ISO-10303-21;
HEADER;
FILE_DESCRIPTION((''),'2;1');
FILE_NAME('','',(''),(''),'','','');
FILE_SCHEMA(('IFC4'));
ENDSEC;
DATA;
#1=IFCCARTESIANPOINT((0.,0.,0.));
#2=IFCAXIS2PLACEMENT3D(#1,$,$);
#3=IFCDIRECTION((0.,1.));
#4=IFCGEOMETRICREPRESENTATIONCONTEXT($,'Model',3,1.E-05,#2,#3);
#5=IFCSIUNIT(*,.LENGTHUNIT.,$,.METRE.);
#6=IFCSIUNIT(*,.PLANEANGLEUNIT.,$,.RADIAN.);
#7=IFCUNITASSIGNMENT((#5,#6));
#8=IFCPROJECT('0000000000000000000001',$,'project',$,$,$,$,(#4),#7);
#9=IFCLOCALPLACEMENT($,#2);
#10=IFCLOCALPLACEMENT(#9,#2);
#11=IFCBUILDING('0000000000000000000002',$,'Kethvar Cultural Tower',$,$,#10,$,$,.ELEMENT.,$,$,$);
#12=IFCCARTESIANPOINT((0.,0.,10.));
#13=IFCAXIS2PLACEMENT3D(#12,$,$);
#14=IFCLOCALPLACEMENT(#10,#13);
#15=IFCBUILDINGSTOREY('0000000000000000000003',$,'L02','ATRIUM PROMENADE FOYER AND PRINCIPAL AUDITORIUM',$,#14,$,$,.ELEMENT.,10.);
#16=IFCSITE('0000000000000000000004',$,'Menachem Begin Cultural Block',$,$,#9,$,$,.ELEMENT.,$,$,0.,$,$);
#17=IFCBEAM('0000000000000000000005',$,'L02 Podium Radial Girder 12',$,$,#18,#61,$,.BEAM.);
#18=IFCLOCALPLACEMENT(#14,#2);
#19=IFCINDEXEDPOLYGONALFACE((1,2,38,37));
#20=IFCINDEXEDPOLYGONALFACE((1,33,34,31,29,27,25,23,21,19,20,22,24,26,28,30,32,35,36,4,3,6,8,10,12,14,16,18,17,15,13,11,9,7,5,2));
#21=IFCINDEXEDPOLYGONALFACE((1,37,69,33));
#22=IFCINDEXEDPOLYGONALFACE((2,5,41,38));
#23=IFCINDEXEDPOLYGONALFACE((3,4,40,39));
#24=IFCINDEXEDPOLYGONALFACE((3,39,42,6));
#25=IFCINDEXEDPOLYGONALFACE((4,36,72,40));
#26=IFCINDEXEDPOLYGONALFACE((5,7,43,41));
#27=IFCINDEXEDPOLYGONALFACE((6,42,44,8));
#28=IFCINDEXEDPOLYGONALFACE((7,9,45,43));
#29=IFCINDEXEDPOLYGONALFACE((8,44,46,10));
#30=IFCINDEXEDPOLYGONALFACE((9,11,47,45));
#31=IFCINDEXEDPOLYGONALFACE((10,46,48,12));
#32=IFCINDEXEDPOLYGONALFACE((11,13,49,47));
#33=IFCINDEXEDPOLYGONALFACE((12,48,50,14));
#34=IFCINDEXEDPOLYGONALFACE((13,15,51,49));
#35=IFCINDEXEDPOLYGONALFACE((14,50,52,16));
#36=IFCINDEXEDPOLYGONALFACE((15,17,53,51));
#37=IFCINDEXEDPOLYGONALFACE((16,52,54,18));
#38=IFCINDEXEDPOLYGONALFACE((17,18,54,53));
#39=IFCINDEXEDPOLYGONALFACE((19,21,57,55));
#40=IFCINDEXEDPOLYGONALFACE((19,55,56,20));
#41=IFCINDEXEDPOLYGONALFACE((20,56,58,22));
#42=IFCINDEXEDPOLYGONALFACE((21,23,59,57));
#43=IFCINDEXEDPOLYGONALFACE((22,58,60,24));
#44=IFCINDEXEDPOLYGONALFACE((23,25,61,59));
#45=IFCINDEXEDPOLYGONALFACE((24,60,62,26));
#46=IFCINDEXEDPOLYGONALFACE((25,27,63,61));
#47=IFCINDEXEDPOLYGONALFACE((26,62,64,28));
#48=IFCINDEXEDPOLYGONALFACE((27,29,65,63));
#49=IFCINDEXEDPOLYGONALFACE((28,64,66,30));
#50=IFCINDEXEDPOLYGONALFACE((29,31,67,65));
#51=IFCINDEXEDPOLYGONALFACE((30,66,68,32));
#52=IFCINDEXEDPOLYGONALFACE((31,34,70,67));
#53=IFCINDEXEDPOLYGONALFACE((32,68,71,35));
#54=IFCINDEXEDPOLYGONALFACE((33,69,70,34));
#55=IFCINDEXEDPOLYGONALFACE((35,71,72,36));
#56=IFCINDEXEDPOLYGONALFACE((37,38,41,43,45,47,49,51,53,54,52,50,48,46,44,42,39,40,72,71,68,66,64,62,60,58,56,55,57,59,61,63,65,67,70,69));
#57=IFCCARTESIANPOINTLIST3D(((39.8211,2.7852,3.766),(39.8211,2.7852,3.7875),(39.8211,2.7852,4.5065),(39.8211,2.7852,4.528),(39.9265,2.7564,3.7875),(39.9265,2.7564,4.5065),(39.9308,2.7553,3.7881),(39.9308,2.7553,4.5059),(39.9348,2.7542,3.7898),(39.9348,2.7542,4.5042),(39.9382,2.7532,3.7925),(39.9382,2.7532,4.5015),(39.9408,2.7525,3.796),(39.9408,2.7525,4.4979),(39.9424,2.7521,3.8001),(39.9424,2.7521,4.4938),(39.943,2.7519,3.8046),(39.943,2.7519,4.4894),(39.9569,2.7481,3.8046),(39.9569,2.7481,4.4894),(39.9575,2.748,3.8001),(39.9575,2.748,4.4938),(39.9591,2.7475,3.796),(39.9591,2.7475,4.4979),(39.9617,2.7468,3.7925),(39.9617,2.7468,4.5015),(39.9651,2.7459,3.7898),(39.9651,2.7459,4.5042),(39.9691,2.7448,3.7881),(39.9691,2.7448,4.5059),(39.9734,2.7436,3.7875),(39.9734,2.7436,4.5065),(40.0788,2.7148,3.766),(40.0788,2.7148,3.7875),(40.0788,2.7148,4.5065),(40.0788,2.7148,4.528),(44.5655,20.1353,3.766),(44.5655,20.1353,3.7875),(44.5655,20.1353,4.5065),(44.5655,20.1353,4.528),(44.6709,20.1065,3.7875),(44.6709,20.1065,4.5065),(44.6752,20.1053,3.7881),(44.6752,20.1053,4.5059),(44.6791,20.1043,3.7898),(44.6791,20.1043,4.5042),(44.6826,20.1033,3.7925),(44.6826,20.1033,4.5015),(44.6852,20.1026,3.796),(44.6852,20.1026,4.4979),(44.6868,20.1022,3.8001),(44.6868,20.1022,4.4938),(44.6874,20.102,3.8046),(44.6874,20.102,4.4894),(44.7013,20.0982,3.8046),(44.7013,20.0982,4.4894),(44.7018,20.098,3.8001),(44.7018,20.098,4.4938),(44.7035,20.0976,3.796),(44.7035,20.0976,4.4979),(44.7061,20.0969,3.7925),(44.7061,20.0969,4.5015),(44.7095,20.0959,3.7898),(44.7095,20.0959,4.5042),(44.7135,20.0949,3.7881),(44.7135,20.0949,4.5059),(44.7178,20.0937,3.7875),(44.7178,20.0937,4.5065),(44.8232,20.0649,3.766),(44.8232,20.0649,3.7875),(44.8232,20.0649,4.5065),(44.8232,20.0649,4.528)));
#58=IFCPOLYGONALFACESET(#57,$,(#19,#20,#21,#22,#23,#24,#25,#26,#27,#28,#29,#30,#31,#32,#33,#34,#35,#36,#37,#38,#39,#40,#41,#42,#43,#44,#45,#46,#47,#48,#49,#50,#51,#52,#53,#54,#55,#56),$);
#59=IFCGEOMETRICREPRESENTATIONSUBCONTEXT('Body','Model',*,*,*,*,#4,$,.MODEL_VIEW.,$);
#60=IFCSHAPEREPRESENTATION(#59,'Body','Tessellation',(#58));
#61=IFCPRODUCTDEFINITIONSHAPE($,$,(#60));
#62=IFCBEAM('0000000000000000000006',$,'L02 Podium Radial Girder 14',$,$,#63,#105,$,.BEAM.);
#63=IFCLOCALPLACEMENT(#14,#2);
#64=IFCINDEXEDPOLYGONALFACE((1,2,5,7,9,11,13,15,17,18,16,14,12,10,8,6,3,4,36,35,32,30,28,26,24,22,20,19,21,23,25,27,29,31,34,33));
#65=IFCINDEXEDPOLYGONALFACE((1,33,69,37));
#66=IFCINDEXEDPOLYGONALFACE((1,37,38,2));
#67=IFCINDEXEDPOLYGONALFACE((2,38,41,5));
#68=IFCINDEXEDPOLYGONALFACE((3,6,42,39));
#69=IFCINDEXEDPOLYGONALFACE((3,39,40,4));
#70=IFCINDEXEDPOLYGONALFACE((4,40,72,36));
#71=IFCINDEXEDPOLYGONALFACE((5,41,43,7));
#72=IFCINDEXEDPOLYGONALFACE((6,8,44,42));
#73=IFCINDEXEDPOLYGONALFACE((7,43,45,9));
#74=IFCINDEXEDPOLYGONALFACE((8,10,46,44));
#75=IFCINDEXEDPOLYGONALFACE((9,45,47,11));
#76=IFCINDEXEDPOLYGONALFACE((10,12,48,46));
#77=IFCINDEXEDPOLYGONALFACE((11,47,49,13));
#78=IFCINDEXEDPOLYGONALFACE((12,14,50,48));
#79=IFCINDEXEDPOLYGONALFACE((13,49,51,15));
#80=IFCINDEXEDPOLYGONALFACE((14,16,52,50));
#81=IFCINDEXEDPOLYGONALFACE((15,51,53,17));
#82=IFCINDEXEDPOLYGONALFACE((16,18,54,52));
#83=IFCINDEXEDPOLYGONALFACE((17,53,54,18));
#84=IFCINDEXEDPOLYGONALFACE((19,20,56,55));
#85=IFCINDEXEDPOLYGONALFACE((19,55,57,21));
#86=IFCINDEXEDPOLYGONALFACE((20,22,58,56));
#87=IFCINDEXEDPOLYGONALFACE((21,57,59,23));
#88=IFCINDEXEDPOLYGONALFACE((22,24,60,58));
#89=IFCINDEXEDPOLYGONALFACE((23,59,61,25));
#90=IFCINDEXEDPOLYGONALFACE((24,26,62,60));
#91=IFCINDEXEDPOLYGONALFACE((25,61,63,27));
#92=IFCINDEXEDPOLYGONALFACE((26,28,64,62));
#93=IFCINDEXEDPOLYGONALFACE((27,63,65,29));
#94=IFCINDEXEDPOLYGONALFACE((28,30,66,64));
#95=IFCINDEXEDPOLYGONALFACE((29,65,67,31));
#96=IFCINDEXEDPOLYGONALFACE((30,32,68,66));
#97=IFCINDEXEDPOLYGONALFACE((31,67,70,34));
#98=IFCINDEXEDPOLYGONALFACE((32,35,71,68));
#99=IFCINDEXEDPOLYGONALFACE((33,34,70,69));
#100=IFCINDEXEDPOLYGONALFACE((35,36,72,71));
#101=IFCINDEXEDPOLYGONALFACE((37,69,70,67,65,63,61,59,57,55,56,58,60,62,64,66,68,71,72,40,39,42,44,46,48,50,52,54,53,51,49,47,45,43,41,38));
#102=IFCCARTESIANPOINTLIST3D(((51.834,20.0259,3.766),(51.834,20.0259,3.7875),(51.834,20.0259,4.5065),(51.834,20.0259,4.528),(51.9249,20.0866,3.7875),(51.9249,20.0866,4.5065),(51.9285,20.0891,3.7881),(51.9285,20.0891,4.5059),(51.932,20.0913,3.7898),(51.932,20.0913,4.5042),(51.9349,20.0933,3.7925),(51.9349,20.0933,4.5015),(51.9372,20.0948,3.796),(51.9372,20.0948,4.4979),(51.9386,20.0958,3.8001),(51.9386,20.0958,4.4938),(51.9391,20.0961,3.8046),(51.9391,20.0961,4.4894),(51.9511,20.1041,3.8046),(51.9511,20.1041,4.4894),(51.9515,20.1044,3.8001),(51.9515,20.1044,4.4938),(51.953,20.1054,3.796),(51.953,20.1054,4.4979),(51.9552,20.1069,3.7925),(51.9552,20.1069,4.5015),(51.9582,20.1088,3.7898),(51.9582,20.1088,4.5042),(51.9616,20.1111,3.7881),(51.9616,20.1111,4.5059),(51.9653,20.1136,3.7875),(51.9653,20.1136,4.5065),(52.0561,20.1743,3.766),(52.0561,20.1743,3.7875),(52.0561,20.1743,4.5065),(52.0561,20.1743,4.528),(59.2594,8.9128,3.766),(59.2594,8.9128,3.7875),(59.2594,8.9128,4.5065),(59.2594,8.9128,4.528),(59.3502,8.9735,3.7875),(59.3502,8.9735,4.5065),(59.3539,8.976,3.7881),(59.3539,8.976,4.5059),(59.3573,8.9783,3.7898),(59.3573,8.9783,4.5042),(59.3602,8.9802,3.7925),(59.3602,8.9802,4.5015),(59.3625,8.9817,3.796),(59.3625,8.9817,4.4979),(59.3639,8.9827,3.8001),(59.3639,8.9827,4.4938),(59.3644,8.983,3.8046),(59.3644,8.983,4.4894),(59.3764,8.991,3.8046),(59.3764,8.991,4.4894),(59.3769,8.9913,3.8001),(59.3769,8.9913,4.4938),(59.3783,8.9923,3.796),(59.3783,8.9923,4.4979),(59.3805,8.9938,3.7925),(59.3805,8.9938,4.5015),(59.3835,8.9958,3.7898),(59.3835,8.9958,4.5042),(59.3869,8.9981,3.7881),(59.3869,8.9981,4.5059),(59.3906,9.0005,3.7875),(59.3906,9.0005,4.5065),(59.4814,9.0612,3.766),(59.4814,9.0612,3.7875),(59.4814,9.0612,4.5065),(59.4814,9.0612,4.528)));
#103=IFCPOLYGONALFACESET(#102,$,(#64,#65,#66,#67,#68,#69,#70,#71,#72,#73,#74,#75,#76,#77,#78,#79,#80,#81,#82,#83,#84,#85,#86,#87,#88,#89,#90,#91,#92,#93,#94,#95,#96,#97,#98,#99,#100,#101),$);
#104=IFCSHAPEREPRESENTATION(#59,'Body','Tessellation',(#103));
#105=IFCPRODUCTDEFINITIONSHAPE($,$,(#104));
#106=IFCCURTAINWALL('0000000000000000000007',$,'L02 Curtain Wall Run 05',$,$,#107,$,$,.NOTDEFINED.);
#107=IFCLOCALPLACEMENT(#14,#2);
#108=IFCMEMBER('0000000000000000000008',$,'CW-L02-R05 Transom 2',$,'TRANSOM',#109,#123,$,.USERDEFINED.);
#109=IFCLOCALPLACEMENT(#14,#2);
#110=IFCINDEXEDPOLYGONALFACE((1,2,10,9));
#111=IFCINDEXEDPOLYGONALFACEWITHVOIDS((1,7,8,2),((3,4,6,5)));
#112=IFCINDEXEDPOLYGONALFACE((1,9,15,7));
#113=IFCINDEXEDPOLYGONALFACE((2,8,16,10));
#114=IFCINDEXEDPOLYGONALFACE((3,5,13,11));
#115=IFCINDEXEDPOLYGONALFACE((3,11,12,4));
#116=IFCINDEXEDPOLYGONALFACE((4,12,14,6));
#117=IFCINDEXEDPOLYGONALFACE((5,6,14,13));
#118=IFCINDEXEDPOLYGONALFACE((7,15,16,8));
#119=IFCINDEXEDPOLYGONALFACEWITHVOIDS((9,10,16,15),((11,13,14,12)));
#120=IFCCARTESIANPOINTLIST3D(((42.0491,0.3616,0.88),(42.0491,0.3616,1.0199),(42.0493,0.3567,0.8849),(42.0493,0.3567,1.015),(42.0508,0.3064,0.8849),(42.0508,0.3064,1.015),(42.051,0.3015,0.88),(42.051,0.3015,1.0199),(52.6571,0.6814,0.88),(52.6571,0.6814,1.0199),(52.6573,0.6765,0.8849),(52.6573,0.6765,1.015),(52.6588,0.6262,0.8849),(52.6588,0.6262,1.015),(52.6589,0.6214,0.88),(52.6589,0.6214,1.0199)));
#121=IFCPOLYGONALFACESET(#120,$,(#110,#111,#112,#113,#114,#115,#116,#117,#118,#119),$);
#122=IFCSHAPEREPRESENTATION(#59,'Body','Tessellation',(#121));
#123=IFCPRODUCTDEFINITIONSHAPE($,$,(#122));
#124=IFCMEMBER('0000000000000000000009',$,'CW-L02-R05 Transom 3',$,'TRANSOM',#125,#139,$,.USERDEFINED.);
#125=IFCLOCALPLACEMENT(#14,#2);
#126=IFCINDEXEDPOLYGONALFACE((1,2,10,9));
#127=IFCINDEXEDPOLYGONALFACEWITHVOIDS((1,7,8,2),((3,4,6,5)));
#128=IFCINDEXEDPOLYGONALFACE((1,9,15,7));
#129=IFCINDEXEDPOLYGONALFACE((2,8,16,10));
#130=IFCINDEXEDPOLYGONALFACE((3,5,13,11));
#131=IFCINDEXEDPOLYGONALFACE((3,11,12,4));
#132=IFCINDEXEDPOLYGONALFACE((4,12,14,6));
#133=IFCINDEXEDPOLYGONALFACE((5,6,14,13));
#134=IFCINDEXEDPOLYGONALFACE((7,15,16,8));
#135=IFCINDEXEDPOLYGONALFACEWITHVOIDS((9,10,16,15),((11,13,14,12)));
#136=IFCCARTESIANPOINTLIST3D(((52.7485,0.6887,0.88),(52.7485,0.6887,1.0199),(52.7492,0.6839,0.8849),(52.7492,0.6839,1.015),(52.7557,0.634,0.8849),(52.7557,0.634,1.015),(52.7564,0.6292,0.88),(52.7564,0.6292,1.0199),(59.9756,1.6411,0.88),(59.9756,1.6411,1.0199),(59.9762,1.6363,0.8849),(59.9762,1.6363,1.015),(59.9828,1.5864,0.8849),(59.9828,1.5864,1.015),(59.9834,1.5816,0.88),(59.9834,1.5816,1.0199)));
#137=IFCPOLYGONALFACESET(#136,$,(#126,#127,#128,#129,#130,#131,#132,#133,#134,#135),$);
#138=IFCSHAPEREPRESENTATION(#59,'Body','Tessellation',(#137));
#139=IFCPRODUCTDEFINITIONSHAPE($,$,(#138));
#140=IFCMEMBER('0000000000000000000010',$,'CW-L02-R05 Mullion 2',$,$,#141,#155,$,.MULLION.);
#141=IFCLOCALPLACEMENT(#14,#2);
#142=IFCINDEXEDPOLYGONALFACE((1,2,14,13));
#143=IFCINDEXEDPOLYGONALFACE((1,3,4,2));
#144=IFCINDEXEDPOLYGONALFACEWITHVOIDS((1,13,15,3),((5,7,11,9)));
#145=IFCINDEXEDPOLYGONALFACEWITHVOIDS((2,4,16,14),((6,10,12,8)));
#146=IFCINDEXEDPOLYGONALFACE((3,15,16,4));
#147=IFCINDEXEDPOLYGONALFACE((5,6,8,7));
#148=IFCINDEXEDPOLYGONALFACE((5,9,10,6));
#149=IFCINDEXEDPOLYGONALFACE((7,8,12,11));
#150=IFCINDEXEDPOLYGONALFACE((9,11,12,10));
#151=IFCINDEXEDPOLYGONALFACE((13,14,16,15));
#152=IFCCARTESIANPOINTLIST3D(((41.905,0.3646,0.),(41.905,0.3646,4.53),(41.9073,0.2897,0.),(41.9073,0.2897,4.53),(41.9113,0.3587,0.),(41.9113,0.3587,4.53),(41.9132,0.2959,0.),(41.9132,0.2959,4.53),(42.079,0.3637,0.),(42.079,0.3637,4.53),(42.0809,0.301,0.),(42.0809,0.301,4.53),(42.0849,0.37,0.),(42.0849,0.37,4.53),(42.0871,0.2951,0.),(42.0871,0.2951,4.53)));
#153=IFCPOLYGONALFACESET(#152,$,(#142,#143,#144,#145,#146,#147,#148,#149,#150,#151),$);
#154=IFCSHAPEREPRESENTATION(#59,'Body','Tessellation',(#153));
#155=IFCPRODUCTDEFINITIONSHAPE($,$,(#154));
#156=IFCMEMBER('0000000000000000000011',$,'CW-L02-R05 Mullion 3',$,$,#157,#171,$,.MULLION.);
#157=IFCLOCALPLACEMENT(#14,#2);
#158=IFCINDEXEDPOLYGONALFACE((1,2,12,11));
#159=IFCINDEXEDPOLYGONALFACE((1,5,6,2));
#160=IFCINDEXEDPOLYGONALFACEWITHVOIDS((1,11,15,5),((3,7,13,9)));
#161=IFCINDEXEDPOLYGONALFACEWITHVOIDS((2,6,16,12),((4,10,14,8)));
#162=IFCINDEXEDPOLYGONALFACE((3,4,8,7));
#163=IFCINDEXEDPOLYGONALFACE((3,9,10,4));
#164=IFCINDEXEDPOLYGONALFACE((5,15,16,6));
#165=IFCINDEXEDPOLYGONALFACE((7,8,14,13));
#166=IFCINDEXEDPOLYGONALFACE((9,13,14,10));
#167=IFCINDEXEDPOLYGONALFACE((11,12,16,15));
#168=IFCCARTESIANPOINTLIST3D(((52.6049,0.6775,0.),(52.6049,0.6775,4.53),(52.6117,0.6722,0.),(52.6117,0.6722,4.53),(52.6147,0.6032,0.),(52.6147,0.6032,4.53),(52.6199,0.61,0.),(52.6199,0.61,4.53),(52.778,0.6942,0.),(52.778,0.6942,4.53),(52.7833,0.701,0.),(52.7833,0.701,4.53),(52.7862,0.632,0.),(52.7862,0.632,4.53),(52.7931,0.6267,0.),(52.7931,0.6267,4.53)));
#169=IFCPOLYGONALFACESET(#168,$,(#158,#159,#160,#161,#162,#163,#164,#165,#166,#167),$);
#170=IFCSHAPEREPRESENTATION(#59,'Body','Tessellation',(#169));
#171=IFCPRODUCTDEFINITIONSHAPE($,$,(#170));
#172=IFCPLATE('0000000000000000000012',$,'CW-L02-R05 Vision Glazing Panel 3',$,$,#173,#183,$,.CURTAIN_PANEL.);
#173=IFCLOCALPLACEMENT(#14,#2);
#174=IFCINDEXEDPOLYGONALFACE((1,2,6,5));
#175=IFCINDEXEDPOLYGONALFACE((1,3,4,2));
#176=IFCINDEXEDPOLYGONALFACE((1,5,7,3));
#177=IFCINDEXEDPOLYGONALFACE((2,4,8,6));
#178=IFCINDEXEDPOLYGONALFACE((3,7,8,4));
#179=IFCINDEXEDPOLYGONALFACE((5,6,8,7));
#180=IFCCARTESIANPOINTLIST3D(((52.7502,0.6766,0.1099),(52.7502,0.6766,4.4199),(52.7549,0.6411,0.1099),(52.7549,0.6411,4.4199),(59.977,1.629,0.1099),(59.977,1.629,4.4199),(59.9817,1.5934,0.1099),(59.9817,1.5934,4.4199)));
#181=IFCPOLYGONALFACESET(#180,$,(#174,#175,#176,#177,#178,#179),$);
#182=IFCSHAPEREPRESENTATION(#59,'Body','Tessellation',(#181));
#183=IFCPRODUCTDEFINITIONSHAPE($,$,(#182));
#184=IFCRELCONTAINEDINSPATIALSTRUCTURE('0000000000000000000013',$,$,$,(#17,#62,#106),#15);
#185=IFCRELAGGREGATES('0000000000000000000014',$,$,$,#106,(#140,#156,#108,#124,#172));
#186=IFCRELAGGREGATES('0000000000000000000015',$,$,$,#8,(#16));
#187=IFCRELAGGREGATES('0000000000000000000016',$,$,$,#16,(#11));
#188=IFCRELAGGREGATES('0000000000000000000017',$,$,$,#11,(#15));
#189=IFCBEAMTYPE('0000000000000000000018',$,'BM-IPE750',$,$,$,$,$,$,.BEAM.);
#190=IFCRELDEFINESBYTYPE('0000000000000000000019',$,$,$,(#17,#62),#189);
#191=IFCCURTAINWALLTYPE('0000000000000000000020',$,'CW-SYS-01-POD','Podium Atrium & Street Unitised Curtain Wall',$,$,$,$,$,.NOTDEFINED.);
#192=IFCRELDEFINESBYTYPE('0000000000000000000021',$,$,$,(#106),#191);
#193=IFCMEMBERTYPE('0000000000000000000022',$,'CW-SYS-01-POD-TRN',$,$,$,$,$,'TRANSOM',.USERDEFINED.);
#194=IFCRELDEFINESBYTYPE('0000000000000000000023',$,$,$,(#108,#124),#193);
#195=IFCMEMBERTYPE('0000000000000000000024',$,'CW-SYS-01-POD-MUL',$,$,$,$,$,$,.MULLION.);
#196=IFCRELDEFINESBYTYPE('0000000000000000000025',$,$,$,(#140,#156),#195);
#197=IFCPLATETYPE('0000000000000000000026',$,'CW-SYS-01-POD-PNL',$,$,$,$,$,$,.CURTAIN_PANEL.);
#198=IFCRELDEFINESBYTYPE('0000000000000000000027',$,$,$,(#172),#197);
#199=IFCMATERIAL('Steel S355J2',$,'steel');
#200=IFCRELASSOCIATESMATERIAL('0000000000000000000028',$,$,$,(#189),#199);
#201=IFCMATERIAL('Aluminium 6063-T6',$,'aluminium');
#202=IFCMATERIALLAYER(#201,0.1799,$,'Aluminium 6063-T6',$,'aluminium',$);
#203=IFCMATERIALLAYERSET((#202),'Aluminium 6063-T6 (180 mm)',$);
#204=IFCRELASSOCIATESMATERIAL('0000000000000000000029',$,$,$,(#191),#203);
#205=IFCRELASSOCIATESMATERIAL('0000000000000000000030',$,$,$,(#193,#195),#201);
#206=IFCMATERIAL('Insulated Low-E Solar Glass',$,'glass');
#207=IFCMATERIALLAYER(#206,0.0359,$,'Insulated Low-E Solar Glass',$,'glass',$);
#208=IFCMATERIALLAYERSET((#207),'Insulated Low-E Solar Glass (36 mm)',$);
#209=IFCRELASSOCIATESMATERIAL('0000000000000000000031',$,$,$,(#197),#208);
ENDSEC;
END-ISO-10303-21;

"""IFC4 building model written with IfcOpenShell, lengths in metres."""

from ifc_helpers import new_model, si_unit, direction, frame, origin, origin_2d, place, context, subcontext, project, spatial, rectangle, hollow_rectangle, i_section, extrude, source, transform, mapped, material, layer, layer_set, material_profile, profile_set, type_object, element, aggregate, save


model = new_model("IFC4")

# Units and contexts
model_context = context("Model", 3, precision=1e-05, world=origin(), true_north=direction((0.0, 1.0)))
body_context = subcontext(model_context, "Body", "Model", "MODEL_VIEW")
ifc_project = project(units=[si_unit("LENGTHUNIT", "METRE"), si_unit("PLANEANGLEUNIT", "RADIAN")], contexts=[model_context])

# Site, building, storey
site_placement = place(None, origin())
site = spatial("IfcSite", under=ifc_project, at=site_placement, Name="Menachem Begin Cultural Block", CompositionType="ELEMENT", RefElevation=0.0)
building_placement = place(site_placement, origin())
building = spatial("IfcBuilding", under=site, at=building_placement, Name="Kethvar Cultural Tower", CompositionType="ELEMENT")
storey_placement = place(building_placement, frame((0.0, 0.0, 10.0)))
storey = spatial("IfcBuildingStorey", under=building, at=storey_placement, Name="L02", Description="ATRIUM PROMENADE FOYER AND PRINCIPAL AUDITORIUM", CompositionType="ELEMENT", Elevation=10.0)

# Beams
ifc_material_1 = material(Name="Steel S355J2", Category="steel")
ifc_material_profile_1 = material_profile(ifc_material_1, i_section(OverallWidth=0.2671, OverallDepth=0.762, WebThickness=0.0144, FlangeThickness=0.0215, FilletRadius=0.0171, at=origin_2d()), Name="Steel S355J2 — IPE750x173")
ifc_profile_set_1 = profile_set([ifc_material_profile_1], Name="Steel S355J2 — IPE750x173")
beam_type_1 = type_object("IfcBeamType", Name="BM-IPE750", PredefinedType="BEAM", material=ifc_profile_set_1)
shared_shape_1 = source(origin(), body_context, "Body", "SweptSolid", [
    extrude(i_section(OverallWidth=0.2671, OverallDepth=0.762, WebThickness=0.0144, FlangeThickness=0.0215, FilletRadius=0.0171, at=origin_2d()), origin(), (0.0, 0.0, 1.0), 17.9871),
])
beam_1_placement = place(storey_placement, frame((44.6943, 20.1001, 4.147), z_axis=(-0.263766, -0.964587, 0.0), x_axis=(0.964587, -0.263766, 0.0)))
element("IfcBeam", 1, at=beam_1_placement, inside=storey, type_object=beam_type_1, Name="L02 Podium Radial Girder 12", PredefinedType="BEAM", context=body_context, shape_type="MappedRepresentation", body=[
    mapped(shared_shape_1, transform((0.0, 0.0, 0.0), scale=1.0)),
])
shared_shape_2 = source(origin(), body_context, "Body", "SweptSolid", [
    extrude(i_section(OverallWidth=0.2671, OverallDepth=0.762, WebThickness=0.0144, FlangeThickness=0.0215, FilletRadius=0.0171, at=origin_2d()), origin(), (0.0, 0.0, 1.0), 13.3655),
])
beam_2_placement = place(storey_placement, frame((51.9451, 20.1001, 4.147), z_axis=(0.55556, -0.831477, 0.0), x_axis=(0.831477, 0.55556, 0.0)))
element("IfcBeam", 2, at=beam_2_placement, inside=storey, type_object=beam_type_1, Name="L02 Podium Radial Girder 14", PredefinedType="BEAM", context=body_context, shape_type="MappedRepresentation", body=[
    mapped(shared_shape_2, transform((0.0, 0.0, 0.0), scale=1.0)),
])

# Curtain wall, members, plate
ifc_material_2 = material(Name="Aluminium 6063-T6", Category="aluminium")
ifc_layer_1 = layer(ifc_material_2, 0.1799, Name="Aluminium 6063-T6", Category="aluminium")
ifc_layer_set_1 = layer_set([ifc_layer_1], Name="Aluminium 6063-T6 (180 mm)")
curtain_wall_type = type_object("IfcCurtainWallType", Name="CW-SYS-01-POD", Description="Podium Atrium & Street Unitised Curtain Wall", PredefinedType="NOTDEFINED", material=ifc_layer_set_1)
curtain_wall_placement = place(storey_placement, origin())
curtain_wall = element("IfcCurtainWall", 3, at=curtain_wall_placement, inside=storey, type_object=curtain_wall_type, Name="L02 Curtain Wall Run 05", PredefinedType="NOTDEFINED")
ifc_material_profile_2 = material_profile(ifc_material_2, hollow_rectangle(XDim=0.0601, YDim=0.1399, WallThickness=0.0049, at=origin_2d()), Name="Aluminium 6063-T6 — RHS140x60x5")
ifc_profile_set_2 = profile_set([ifc_material_profile_2], Name="Aluminium 6063-T6 — RHS140x60x5")
member_type_1 = type_object("IfcMemberType", Name="CW-SYS-01-POD-TRN", ElementType="TRANSOM", PredefinedType="USERDEFINED", material=ifc_profile_set_2)
shared_shape_3 = source(origin(), body_context, "Body", "SweptSolid", [
    extrude(hollow_rectangle(XDim=0.0601, YDim=0.1399, WallThickness=0.0049, at=origin_2d()), origin(), (0.0, 0.0, 1.0), 10.6128),
])
member_1_placement = place(storey_placement, frame((42.05, 0.3315, 0.95), z_axis=(0.999546, 0.030136, 0.0), x_axis=(-0.030136, 0.999546, 0.0)))
member_1 = element("IfcMember", 4, at=member_1_placement, type_object=member_type_1, Name="CW-L02-R05 Transom 2", ObjectType="TRANSOM", PredefinedType="USERDEFINED", context=body_context, shape_type="MappedRepresentation", body=[
    mapped(shared_shape_3, transform((0.0, 0.0, 0.0), scale=1.0)),
])
shared_shape_4 = source(origin(), body_context, "Body", "SweptSolid", [
    extrude(hollow_rectangle(XDim=0.0601, YDim=0.1399, WallThickness=0.0049, at=origin_2d()), origin(), (0.0, 0.0, 1.0), 7.2896),
])
member_2_placement = place(storey_placement, frame((52.7524, 0.6589, 0.95), z_axis=(0.991428, 0.130652, 0.0), x_axis=(-0.130652, 0.991428, 0.0)))
member_2 = element("IfcMember", 5, at=member_2_placement, type_object=member_type_1, Name="CW-L02-R05 Transom 3", ObjectType="TRANSOM", PredefinedType="USERDEFINED", context=body_context, shape_type="MappedRepresentation", body=[
    mapped(shared_shape_4, transform((0.0, 0.0, 0.0), scale=1.0)),
])
ifc_material_profile_3 = material_profile(ifc_material_2, hollow_rectangle(XDim=0.075, YDim=0.1799, WallThickness=0.0061, at=origin_2d()), Name="Aluminium 6063-T6 — RHS180x75x6")
ifc_profile_set_3 = profile_set([ifc_material_profile_3], Name="Aluminium 6063-T6 — RHS180x75x6")
member_type_2 = type_object("IfcMemberType", Name="CW-SYS-01-POD-MUL", PredefinedType="MULLION", material=ifc_profile_set_3)
shared_shape_5 = source(origin(), body_context, "Body", "SweptSolid", [
    extrude(hollow_rectangle(XDim=0.075, YDim=0.1799, WallThickness=0.0061, at=origin_2d()), origin(), (0.0, 0.0, 1.0), 4.53),
])
member_3_placement = place(storey_placement, frame((41.9961, 0.3298, 0.0), z_axis=(0.0, 0.0, 1.0), x_axis=(-0.030137, 0.999546, 0.0)))
member_3 = element("IfcMember", 6, at=member_3_placement, type_object=member_type_2, Name="CW-L02-R05 Mullion 2", PredefinedType="MULLION", context=body_context, shape_type="MappedRepresentation", body=[
    mapped(shared_shape_5, transform((0.0, 0.0, 0.0), scale=1.0)),
])
member_4_placement = place(storey_placement, frame((52.699, 0.6521, 0.0), z_axis=(0.0, 0.0, 1.0), x_axis=(-0.130647, 0.991429, 0.0)))
member_4 = element("IfcMember", 7, at=member_4_placement, type_object=member_type_2, Name="CW-L02-R05 Mullion 3", PredefinedType="MULLION", context=body_context, shape_type="MappedRepresentation", body=[
    mapped(shared_shape_5, transform((0.0, 0.0, 0.0), scale=1.0)),
])
ifc_material_3 = material(Name="Insulated Low-E Solar Glass", Category="glass")
ifc_layer_2 = layer(ifc_material_3, 0.0359, Name="Insulated Low-E Solar Glass", Category="glass")
ifc_layer_set_2 = layer_set([ifc_layer_2], Name="Insulated Low-E Solar Glass (36 mm)")
plate_type = type_object("IfcPlateType", Name="CW-SYS-01-POD-PNL", PredefinedType="CURTAIN_PANEL", material=ifc_layer_set_2)
shared_shape_6 = source(origin(), body_context, "Body", "SweptSolid", [
    extrude(rectangle(XDim=7.2893, YDim=0.0359, at=origin_2d()), origin(), (0.0, 0.0, 1.0), 4.3101),
])
plate_1_placement = place(storey_placement, frame((56.366, 1.135, 0.1099), z_axis=(0.0, 0.0, 1.0), x_axis=(0.991429, 0.130647, 0.0)))
plate_1 = element("IfcPlate", 8, at=plate_1_placement, type_object=plate_type, Name="CW-L02-R05 Vision Glazing Panel 3", PredefinedType="CURTAIN_PANEL", context=body_context, shape_type="MappedRepresentation", body=[
    mapped(shared_shape_6, transform((0.0, 0.0, 0.0), scale=1.0)),
])
aggregate(curtain_wall, [member_3, member_4, member_1, member_2, plate_1])

save(model, "model.ifc")
